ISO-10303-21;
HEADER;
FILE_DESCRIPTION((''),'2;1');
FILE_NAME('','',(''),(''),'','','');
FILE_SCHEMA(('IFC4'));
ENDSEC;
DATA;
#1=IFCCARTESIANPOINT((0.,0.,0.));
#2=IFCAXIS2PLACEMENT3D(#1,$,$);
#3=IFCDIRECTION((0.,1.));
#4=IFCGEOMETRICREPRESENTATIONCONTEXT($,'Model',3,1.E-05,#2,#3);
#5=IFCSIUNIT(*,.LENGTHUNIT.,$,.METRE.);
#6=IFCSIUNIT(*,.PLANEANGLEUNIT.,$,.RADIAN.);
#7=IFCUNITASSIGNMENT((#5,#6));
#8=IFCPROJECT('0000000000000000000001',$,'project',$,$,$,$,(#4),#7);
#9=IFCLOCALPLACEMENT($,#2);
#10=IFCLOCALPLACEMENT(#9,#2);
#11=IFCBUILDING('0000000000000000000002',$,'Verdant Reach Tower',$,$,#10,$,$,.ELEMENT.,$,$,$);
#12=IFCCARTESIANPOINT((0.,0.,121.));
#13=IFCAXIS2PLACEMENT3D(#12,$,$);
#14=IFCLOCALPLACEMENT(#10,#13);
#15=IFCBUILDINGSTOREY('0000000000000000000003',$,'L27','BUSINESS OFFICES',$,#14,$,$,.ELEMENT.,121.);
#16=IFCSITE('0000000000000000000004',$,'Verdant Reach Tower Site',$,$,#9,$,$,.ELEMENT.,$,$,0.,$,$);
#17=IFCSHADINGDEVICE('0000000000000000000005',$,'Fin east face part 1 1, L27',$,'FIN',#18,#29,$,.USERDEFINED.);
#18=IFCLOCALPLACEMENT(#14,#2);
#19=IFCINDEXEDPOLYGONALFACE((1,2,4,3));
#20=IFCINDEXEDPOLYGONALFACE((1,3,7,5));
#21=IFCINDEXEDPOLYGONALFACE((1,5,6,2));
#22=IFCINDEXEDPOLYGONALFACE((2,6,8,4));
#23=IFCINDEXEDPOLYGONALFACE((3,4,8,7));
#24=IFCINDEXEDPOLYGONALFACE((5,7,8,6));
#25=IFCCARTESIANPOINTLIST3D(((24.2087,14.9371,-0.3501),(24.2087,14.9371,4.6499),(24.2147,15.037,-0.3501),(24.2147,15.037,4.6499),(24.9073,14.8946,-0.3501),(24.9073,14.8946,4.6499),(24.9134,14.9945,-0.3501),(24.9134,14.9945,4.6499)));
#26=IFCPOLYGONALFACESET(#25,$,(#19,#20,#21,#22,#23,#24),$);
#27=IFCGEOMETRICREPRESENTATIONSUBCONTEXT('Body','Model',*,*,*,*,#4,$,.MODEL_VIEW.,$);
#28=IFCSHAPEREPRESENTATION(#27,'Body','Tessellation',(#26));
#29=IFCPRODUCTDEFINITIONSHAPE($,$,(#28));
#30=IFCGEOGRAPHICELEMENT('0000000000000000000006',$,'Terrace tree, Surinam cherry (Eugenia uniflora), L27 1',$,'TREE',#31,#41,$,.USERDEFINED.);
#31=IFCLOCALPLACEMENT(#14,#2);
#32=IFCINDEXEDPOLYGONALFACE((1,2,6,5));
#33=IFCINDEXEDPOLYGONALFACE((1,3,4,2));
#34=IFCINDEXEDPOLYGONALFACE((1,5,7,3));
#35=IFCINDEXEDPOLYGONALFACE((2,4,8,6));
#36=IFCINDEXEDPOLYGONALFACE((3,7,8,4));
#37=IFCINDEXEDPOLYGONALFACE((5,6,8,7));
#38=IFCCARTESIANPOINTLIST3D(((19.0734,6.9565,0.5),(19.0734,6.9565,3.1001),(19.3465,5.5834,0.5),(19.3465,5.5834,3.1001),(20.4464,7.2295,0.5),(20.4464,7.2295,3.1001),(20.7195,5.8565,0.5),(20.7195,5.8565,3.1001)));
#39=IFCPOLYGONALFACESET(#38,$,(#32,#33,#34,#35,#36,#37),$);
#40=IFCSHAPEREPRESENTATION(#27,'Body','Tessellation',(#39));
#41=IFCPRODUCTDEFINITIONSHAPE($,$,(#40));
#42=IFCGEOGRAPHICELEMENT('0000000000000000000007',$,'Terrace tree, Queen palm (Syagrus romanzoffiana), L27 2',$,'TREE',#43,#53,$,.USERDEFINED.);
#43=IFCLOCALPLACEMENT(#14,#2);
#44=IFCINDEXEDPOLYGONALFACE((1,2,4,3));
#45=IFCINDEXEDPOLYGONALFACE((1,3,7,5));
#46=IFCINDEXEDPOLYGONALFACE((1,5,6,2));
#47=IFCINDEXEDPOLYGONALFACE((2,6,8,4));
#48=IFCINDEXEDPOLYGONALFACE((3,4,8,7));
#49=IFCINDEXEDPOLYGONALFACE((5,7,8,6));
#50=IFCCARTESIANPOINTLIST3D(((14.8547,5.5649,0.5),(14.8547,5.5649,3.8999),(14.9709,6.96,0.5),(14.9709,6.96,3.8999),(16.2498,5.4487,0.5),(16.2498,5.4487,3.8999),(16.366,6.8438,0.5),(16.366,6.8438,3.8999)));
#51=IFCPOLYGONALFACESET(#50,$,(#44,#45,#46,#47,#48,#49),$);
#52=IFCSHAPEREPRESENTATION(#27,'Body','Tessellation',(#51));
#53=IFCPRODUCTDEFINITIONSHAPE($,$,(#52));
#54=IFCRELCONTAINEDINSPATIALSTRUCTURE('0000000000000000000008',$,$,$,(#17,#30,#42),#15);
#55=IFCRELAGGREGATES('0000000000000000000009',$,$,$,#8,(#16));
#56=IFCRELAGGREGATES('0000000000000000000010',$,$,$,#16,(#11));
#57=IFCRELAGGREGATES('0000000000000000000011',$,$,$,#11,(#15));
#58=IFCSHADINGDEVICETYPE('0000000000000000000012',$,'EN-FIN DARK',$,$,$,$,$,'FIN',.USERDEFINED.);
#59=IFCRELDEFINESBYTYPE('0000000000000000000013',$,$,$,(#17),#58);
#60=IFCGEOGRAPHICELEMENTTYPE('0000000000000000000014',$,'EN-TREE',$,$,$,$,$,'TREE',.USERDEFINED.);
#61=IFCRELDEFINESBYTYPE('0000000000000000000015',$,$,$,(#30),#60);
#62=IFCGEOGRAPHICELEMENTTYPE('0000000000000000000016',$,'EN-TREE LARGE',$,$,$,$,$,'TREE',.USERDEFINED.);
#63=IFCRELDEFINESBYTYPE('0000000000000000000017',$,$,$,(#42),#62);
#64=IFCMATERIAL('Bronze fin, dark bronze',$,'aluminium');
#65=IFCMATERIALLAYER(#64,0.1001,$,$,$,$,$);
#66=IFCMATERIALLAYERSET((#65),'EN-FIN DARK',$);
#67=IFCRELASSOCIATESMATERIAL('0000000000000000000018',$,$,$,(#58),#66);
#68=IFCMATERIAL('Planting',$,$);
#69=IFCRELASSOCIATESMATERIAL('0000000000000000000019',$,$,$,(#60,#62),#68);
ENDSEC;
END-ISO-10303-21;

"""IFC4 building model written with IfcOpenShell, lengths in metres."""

from ifc_helpers import new_model, si_unit, direction, frame, origin, origin_2d, place, context, subcontext, project, spatial, rectangle, extrude, material, layer, layer_set, type_object, element, save


model = new_model("IFC4")

# Units and contexts
model_context = context("Model", 3, precision=1e-05, world=origin(), true_north=direction((0.0, 1.0)))
body_context = subcontext(model_context, "Body", "Model", "MODEL_VIEW")
ifc_project = project(units=[si_unit("LENGTHUNIT", "METRE"), si_unit("PLANEANGLEUNIT", "RADIAN")], contexts=[model_context])

# Site, building, storey
site_placement = place(None, origin())
site = spatial("IfcSite", under=ifc_project, at=site_placement, Name="Verdant Reach Tower Site", CompositionType="ELEMENT", RefElevation=0.0)
building_placement = place(site_placement, origin())
building = spatial("IfcBuilding", under=site, at=building_placement, Name="Verdant Reach Tower", CompositionType="ELEMENT")
storey_placement = place(building_placement, frame((0.0, 0.0, 121.0)))
storey = spatial("IfcBuildingStorey", under=building, at=storey_placement, Name="L27", Description="BUSINESS OFFICES", CompositionType="ELEMENT", Elevation=121.0)

# Shading device
ifc_material_1 = material(Name="Bronze fin, dark bronze", Category="aluminium")
ifc_layer_1 = layer(ifc_material_1, 0.1001)
ifc_layer_set_1 = layer_set([ifc_layer_1], Name="EN-FIN DARK")
shading_device_type_1 = type_object("IfcShadingDeviceType", Name="EN-FIN DARK", ElementType="FIN", PredefinedType="USERDEFINED", material=ifc_layer_set_1)
for number, where, z_axis, x_axis, name in (
    (1, (24.561, 14.9658, -0.3501), (0.0, 0.0, 1.0), (0.060703, 0.998156, 0.0), "Fin east face part 1 1, L27"),
):
    element("IfcShadingDevice", number, at=place(storey_placement, frame(where, z_axis=z_axis, x_axis=x_axis)), inside=storey, type_object=shading_device_type_1, Name=name, ObjectType="FIN", PredefinedType="USERDEFINED", context=body_context, shape_type="SweptSolid", body=[
        extrude(rectangle(XDim=0.1001, YDim=0.7, at=origin_2d()), origin(), (0.0, 0.0, 1.0), 5.0),
    ])

# Geographic elements
ifc_material_2 = material(Name="Planting")
geographic_element_type_1 = type_object("IfcGeographicElementType", Name="EN-TREE", ElementType="TREE", PredefinedType="USERDEFINED", material=ifc_material_2)
geographic_element_1_placement = place(storey_placement, frame((19.8965, 6.4065, 0.5), z_axis=(0.0, 0.0, 1.0), x_axis=(-0.980787, -0.195081, 0.0)))
element("IfcGeographicElement", 2, at=geographic_element_1_placement, inside=storey, type_object=geographic_element_type_1, Name="Terrace tree, Surinam cherry (Eugenia uniflora), L27 1", ObjectType="TREE", PredefinedType="USERDEFINED", context=body_context, shape_type="SweptSolid", body=[
    extrude(rectangle(XDim=1.3999, YDim=1.3999, at=origin_2d()), origin(), (0.0, 0.0, 1.0), 2.6001),
])
geographic_element_type_2 = type_object("IfcGeographicElementType", Name="EN-TREE LARGE", ElementType="TREE", PredefinedType="USERDEFINED", material=ifc_material_2)
geographic_element_2_placement = place(storey_placement, frame((15.6104, 6.2043, 0.5), z_axis=(0.0, 0.0, 1.0), x_axis=(-0.996546, 0.083045, 0.0)))
element("IfcGeographicElement", 3, at=geographic_element_2_placement, inside=storey, type_object=geographic_element_type_2, Name="Terrace tree, Queen palm (Syagrus romanzoffiana), L27 2", ObjectType="TREE", PredefinedType="USERDEFINED", context=body_context, shape_type="SweptSolid", body=[
    extrude(rectangle(XDim=1.3999, YDim=1.3999, at=origin_2d()), origin(), (0.0, 0.0, 1.0), 3.3999),
])

save(model, "model.ifc")
